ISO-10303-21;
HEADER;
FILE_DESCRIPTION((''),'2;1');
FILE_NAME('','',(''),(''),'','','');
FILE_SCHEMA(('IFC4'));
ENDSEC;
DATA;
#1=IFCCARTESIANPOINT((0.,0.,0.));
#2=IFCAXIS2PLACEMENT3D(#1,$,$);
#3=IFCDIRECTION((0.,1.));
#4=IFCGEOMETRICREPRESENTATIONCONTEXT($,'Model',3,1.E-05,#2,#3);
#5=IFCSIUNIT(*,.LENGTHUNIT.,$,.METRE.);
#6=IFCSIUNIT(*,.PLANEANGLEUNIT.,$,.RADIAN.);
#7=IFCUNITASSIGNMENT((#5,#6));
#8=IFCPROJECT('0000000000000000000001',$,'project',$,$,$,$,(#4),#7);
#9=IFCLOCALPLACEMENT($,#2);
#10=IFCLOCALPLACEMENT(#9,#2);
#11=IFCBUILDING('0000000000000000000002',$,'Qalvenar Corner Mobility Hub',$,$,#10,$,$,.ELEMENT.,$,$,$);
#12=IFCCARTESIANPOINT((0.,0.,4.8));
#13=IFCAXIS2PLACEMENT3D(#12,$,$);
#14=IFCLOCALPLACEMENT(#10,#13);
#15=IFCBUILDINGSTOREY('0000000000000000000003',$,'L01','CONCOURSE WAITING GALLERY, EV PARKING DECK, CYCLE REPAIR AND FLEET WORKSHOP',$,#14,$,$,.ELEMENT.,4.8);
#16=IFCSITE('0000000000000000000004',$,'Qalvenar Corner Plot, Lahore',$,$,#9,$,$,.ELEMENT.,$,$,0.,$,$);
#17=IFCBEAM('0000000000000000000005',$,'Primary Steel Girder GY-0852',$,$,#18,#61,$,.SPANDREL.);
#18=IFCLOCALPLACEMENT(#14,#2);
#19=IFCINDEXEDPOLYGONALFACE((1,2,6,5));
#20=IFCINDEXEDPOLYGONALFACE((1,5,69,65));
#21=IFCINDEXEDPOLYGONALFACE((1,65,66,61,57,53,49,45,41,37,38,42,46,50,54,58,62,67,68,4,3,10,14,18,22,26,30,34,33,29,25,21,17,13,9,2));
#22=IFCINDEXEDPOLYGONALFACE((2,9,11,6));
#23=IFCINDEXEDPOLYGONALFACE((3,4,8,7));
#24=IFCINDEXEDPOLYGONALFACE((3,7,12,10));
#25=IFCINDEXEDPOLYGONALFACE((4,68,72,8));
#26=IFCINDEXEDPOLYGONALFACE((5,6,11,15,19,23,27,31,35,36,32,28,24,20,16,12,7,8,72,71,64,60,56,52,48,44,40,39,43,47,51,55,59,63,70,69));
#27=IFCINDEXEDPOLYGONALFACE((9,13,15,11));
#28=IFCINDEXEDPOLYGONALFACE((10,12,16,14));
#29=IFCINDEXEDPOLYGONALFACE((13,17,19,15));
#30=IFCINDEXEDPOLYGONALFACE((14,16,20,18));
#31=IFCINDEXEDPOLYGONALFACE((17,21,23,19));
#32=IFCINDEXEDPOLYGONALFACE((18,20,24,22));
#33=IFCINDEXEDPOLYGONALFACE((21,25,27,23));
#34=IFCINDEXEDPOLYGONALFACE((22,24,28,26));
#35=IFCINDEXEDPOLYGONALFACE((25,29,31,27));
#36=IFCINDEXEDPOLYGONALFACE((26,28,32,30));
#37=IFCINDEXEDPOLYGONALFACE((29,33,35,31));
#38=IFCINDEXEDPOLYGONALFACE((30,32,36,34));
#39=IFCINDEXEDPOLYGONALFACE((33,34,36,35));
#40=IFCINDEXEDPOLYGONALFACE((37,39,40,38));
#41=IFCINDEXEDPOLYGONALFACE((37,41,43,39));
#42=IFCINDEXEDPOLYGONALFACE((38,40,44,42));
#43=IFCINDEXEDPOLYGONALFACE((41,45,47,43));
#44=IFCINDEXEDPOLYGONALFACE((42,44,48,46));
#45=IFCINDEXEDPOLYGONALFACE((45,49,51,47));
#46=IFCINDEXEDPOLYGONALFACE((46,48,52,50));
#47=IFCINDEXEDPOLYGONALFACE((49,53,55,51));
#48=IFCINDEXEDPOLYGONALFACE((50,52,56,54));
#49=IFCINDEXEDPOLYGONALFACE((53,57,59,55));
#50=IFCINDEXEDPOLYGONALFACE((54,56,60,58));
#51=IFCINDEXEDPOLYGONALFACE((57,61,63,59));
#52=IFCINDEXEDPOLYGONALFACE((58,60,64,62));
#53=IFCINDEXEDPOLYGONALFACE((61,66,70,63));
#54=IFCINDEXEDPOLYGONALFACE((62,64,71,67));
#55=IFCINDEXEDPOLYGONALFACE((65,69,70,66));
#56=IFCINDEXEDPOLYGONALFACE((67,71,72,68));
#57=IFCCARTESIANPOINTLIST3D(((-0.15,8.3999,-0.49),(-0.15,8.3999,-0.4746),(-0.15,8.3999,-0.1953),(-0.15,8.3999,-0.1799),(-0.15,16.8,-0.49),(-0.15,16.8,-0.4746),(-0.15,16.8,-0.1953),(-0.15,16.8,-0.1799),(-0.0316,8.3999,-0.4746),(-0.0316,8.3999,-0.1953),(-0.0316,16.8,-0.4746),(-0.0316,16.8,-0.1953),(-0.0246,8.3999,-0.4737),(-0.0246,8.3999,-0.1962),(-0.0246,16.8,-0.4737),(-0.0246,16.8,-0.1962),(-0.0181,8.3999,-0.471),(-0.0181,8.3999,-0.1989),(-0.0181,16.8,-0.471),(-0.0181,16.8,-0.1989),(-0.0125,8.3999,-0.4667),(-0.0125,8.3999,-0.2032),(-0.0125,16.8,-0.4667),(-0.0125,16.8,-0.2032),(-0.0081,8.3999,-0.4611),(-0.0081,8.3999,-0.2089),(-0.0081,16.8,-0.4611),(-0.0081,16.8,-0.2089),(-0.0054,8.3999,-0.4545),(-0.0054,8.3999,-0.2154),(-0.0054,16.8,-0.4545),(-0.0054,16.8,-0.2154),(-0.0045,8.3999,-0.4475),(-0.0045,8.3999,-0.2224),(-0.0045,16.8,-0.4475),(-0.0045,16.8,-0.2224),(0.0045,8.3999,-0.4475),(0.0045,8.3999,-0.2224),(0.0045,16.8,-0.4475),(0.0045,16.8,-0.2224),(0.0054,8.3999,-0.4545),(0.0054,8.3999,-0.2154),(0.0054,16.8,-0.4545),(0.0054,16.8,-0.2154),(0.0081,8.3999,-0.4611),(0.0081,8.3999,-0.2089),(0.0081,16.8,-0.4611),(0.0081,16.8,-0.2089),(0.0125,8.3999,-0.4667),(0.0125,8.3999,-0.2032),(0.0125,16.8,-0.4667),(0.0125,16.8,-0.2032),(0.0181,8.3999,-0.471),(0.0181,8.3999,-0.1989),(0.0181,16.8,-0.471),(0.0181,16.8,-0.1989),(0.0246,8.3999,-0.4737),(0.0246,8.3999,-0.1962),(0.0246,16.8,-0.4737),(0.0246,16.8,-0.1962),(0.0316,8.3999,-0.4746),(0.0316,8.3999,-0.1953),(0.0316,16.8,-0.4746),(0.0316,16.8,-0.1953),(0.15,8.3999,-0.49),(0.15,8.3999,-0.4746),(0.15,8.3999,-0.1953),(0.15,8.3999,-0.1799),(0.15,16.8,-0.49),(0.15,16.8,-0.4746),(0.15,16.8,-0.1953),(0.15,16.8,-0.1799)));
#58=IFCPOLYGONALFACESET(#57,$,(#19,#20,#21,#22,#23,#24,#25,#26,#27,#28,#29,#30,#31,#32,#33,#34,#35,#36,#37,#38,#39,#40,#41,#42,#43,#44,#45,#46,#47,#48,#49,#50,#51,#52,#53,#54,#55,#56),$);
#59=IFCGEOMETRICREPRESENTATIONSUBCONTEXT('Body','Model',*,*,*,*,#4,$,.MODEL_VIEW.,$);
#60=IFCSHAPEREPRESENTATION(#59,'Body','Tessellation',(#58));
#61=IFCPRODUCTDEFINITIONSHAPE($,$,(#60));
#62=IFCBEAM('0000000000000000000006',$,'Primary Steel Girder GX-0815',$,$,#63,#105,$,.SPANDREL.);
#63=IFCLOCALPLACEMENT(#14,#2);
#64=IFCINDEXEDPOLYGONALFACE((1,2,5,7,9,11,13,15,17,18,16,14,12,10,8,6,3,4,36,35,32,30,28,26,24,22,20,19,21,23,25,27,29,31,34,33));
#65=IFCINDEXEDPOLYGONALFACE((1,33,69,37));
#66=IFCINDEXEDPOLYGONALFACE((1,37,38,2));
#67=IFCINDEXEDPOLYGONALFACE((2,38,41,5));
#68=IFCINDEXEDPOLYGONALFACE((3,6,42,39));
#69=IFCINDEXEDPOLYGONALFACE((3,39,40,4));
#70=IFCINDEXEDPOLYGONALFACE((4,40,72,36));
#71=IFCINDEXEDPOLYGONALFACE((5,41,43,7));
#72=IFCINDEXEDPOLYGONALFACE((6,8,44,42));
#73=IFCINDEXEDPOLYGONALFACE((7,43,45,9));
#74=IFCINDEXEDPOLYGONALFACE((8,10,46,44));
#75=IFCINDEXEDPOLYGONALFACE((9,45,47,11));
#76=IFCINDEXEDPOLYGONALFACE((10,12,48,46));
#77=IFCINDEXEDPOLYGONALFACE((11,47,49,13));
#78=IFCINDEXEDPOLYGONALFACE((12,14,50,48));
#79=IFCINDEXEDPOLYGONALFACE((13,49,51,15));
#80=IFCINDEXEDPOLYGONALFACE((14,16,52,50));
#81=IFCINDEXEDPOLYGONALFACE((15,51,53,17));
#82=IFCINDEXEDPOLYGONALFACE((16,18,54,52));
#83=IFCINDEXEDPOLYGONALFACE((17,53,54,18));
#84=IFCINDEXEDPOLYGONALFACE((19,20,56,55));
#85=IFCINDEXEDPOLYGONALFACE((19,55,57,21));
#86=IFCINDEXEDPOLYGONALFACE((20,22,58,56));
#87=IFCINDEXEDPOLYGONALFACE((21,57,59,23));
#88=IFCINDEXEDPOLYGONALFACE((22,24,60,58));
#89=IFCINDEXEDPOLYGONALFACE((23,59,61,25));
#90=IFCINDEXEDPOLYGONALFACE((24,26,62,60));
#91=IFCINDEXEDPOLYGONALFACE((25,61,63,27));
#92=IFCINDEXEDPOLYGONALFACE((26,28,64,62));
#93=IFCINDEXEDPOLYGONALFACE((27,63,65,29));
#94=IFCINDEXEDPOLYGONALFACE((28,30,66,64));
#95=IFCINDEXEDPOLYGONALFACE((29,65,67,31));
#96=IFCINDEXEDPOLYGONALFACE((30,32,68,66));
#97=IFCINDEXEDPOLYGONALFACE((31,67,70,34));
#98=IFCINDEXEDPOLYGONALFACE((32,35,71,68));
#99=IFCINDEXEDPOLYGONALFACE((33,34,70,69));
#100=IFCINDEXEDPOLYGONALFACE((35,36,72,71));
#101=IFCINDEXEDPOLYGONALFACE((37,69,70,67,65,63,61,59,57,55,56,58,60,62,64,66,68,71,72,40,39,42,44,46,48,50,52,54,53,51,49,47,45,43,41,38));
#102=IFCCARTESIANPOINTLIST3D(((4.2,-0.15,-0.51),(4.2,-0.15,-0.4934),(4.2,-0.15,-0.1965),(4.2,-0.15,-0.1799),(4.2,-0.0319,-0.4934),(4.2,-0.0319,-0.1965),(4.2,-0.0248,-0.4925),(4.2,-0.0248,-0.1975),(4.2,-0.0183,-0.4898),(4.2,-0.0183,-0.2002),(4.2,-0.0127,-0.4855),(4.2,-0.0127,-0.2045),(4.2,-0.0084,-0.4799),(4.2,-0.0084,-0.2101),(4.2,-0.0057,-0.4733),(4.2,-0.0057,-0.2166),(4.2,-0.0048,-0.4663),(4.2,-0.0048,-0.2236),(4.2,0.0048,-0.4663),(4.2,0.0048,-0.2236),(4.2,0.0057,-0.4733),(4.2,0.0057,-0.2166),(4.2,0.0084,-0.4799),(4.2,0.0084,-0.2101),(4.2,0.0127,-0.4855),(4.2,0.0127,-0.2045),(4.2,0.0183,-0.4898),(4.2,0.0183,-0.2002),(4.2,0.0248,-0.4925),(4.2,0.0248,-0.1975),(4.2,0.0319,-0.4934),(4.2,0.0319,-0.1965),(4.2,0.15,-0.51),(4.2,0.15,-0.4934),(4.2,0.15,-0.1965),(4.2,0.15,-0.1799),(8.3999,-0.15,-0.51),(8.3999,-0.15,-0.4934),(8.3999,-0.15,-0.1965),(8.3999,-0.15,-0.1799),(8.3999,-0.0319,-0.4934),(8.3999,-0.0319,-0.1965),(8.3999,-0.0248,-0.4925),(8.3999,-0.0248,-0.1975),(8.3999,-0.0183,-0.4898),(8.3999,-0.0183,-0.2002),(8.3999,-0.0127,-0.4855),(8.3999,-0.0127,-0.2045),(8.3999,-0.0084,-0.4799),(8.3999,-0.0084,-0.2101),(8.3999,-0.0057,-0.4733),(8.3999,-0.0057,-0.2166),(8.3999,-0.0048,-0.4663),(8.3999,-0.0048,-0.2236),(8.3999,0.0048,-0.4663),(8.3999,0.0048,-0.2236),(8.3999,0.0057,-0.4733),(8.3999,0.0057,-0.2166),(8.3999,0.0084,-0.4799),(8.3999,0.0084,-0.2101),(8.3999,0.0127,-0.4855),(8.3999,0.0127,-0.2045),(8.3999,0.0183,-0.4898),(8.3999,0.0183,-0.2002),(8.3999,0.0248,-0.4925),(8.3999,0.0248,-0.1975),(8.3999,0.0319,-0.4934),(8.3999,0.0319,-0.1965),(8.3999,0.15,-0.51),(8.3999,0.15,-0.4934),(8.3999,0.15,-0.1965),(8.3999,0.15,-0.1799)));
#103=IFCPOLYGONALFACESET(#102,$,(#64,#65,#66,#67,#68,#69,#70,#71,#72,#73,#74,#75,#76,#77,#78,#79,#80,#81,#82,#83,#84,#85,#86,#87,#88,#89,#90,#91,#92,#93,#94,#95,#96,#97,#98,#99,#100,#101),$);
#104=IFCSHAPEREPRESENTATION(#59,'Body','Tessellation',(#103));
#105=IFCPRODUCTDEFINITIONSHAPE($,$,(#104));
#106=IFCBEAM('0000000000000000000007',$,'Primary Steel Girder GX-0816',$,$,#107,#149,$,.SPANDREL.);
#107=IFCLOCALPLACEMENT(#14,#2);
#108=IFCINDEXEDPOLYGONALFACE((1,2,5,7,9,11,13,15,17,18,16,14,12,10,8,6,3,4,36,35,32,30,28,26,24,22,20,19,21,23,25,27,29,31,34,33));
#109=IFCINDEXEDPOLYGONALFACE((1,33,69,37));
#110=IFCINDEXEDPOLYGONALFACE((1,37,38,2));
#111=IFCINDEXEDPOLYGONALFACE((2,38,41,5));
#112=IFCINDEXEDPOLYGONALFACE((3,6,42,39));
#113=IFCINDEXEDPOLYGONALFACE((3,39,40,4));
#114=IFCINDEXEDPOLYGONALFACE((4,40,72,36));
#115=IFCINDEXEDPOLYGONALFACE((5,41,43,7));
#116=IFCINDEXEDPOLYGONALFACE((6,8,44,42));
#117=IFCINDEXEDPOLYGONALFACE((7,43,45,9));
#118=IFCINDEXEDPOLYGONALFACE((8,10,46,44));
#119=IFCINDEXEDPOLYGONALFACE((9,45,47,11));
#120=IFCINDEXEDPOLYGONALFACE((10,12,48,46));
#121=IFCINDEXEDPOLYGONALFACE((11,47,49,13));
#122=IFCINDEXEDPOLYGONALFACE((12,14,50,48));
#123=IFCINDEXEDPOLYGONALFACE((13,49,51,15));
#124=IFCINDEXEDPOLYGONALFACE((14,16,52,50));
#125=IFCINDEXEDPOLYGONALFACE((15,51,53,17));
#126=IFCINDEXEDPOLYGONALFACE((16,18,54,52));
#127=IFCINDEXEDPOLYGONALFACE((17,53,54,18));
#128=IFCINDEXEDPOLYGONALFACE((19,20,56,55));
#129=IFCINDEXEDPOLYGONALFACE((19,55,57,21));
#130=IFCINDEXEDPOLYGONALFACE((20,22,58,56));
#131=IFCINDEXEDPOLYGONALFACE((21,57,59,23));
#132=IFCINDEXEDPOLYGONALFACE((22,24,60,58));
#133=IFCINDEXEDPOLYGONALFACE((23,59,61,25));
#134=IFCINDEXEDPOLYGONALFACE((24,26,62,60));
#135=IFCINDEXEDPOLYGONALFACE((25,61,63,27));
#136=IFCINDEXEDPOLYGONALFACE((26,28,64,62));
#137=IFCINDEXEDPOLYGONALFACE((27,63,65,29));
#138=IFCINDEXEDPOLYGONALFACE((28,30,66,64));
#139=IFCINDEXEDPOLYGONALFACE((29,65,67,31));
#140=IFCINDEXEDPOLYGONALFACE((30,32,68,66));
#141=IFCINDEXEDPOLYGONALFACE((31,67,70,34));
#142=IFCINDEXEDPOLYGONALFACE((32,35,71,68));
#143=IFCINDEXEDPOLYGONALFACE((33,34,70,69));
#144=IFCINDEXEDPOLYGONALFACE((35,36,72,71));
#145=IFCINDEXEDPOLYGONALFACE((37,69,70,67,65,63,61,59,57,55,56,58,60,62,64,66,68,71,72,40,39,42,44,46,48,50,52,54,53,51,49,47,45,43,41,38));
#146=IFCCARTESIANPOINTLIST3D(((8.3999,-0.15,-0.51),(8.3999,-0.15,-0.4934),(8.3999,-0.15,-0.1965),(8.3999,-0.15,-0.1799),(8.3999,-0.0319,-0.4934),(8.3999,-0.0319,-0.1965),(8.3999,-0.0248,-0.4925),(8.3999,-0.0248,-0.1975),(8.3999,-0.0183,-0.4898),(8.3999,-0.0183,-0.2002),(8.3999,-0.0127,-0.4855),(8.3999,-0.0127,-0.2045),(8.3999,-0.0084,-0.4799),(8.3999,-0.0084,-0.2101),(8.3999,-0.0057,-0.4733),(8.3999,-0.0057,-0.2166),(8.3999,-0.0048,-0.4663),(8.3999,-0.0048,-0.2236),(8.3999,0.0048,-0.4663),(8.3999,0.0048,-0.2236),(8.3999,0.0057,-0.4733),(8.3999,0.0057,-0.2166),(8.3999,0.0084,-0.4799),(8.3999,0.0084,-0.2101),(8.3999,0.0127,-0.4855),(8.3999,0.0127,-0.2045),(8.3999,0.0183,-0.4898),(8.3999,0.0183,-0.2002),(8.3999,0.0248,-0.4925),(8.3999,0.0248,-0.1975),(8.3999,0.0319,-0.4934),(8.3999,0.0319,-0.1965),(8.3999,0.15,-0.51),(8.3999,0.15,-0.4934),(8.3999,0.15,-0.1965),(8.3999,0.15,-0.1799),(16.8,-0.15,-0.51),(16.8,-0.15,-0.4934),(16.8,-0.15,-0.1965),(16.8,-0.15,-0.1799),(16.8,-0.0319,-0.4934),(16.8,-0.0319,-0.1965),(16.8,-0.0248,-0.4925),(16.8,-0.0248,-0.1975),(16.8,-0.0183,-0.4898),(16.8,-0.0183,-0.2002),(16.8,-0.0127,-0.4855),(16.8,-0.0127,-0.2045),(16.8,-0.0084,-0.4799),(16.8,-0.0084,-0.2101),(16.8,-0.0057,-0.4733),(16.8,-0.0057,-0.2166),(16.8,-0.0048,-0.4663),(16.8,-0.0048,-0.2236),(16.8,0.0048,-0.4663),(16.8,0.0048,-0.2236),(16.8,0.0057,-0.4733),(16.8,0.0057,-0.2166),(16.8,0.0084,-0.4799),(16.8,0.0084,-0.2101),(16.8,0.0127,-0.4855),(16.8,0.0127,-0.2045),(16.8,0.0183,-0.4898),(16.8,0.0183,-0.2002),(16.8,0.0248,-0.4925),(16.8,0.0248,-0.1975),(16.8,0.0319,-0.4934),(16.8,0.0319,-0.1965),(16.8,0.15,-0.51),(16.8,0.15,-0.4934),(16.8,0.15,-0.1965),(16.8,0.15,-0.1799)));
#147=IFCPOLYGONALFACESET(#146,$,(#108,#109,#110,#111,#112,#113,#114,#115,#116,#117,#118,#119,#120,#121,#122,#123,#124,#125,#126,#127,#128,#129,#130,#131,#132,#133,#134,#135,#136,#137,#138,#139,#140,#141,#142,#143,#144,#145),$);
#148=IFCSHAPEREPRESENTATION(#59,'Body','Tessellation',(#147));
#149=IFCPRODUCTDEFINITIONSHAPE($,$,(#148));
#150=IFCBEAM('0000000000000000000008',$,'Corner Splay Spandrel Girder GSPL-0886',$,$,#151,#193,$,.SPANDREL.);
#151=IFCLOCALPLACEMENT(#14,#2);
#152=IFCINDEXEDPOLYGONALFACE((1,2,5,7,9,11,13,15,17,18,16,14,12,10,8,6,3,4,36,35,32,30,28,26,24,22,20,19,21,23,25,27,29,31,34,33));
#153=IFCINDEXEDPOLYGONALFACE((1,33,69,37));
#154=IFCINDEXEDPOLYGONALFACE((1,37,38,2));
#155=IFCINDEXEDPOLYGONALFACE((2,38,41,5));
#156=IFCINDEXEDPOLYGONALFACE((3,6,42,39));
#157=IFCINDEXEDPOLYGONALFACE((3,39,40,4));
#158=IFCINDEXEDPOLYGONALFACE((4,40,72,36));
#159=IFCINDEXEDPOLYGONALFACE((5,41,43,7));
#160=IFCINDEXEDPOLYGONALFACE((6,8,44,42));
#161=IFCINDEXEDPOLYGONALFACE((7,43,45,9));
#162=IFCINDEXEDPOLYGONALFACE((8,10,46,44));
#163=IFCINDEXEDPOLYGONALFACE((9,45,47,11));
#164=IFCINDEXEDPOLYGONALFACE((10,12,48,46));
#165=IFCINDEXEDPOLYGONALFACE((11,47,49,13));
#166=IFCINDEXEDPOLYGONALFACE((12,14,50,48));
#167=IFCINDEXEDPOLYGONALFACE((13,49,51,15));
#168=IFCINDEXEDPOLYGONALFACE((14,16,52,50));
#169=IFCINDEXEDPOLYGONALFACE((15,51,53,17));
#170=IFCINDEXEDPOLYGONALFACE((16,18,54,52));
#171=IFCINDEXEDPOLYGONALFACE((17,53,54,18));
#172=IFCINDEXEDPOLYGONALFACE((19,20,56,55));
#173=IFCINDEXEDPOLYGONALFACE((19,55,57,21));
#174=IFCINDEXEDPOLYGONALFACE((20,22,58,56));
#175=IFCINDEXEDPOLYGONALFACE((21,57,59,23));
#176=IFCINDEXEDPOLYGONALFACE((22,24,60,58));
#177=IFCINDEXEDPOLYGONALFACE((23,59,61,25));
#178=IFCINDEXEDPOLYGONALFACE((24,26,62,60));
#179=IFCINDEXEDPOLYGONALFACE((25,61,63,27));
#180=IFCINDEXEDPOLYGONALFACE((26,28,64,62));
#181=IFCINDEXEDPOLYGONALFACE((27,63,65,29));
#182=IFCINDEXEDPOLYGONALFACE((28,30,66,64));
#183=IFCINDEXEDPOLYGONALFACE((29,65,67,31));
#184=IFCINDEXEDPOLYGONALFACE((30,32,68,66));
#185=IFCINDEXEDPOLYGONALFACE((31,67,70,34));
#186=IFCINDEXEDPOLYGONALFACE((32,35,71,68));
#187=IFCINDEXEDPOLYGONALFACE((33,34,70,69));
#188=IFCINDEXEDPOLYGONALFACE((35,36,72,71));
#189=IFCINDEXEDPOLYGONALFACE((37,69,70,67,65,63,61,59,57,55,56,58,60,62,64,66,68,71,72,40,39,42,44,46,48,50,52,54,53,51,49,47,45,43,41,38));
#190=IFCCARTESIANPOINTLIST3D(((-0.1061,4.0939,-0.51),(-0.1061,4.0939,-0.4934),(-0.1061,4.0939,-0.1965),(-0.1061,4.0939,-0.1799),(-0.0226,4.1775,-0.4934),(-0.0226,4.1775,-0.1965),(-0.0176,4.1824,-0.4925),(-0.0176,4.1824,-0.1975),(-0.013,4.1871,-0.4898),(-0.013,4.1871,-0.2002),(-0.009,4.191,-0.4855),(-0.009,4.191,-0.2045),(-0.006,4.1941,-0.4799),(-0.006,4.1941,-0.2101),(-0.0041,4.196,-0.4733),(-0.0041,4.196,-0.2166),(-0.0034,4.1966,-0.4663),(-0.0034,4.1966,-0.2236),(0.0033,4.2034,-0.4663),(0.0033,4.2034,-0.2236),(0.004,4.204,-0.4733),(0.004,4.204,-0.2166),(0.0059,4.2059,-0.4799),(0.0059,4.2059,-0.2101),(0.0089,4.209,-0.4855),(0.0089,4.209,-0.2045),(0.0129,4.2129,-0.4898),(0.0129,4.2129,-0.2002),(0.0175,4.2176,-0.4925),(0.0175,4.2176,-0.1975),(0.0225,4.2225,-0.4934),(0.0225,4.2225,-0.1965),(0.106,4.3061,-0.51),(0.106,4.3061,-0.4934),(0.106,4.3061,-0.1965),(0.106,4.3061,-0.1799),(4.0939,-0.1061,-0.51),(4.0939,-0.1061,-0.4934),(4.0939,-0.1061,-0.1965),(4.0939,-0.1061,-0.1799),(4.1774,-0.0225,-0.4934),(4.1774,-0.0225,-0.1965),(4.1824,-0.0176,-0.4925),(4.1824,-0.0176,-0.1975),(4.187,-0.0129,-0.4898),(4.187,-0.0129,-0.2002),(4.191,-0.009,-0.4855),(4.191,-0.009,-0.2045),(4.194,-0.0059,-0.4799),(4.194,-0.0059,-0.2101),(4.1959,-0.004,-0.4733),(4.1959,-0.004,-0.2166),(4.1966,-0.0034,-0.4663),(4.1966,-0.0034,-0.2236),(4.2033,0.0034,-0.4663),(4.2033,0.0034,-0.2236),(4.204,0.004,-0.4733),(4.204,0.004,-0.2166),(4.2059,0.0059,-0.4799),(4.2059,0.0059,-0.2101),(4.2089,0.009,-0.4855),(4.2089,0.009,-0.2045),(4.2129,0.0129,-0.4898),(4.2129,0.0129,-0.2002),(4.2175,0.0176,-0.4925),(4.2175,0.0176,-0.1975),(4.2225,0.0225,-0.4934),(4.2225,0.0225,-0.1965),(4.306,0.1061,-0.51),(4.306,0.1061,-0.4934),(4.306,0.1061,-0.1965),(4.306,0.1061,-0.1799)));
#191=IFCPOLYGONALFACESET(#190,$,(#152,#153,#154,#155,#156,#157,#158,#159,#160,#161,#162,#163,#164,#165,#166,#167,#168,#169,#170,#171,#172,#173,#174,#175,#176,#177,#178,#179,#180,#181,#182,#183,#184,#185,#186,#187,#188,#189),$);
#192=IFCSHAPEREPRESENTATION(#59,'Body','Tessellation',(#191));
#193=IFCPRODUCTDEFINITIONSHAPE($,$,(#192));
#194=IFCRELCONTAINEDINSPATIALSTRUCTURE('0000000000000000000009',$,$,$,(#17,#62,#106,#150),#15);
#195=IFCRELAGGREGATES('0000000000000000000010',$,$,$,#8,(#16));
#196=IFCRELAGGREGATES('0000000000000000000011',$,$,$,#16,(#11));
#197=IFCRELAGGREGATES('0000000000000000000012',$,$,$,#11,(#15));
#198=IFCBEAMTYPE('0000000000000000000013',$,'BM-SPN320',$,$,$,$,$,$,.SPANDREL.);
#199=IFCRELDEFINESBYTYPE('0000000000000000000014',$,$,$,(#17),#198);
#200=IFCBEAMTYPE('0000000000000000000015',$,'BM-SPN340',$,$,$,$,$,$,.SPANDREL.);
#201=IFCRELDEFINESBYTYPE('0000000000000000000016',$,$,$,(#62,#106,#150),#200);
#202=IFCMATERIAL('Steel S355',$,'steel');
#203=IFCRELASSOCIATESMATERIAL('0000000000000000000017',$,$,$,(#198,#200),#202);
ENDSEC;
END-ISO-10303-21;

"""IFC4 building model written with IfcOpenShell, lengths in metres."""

from ifc_helpers import new_model, si_unit, direction, frame, origin, origin_2d, place, context, subcontext, project, spatial, i_section, extrude, material, material_profile, profile_set, type_object, element, save


model = new_model("IFC4")

# Units and contexts
model_context = context("Model", 3, precision=1e-05, world=origin(), true_north=direction((0.0, 1.0)))
body_context = subcontext(model_context, "Body", "Model", "MODEL_VIEW")
ifc_project = project(units=[si_unit("LENGTHUNIT", "METRE"), si_unit("PLANEANGLEUNIT", "RADIAN")], contexts=[model_context])

# Site, building, storey
site_placement = place(None, origin())
site = spatial("IfcSite", under=ifc_project, at=site_placement, Name="Qalvenar Corner Plot, Lahore", CompositionType="ELEMENT", RefElevation=0.0)
building_placement = place(site_placement, origin())
building = spatial("IfcBuilding", under=site, at=building_placement, Name="Qalvenar Corner Mobility Hub", CompositionType="ELEMENT")
storey_placement = place(building_placement, frame((0.0, 0.0, 4.8)))
storey = spatial("IfcBuildingStorey", under=building, at=storey_placement, Name="L01", Description="CONCOURSE WAITING GALLERY, EV PARKING DECK, CYCLE REPAIR AND FLEET WORKSHOP", CompositionType="ELEMENT", Elevation=4.8)

# Shared definitions
ifc_material_1 = material(Name="Steel S355", Category="steel")

# Beams
ifc_material_profile_1 = material_profile(ifc_material_1, i_section(OverallWidth=0.3, OverallDepth=0.3101, WebThickness=0.009, FlangeThickness=0.0154, FilletRadius=0.0271, at=origin_2d()), Name="HEA320")
ifc_profile_set_1 = profile_set([ifc_material_profile_1], Name="Steel S355")
beam_type_1 = type_object("IfcBeamType", Name="BM-SPN320", PredefinedType="SPANDREL", material=ifc_profile_set_1)
beam_1_placement = place(storey_placement, frame((0.0, 8.3999, -0.335), z_axis=(0.0, 1.0, 0.0), x_axis=(-1.0, 0.0, 0.0)))
element("IfcBeam", 1, at=beam_1_placement, inside=storey, type_object=beam_type_1, Name="Primary Steel Girder GY-0852", PredefinedType="SPANDREL", context=body_context, shape_type="SweptSolid", body=[
    extrude(i_section(OverallWidth=0.3, OverallDepth=0.3101, WebThickness=0.009, FlangeThickness=0.0154, FilletRadius=0.0271, at=origin_2d()), origin(), (0.0, 0.0, 1.0), 8.4001),
])
ifc_material_profile_2 = material_profile(ifc_material_1, i_section(OverallWidth=0.3, OverallDepth=0.3301, WebThickness=0.0095, FlangeThickness=0.0166, FilletRadius=0.0271, at=origin_2d()), Name="HEA340")
ifc_profile_set_2 = profile_set([ifc_material_profile_2], Name="Steel S355")
beam_type_2 = type_object("IfcBeamType", Name="BM-SPN340", PredefinedType="SPANDREL", material=ifc_profile_set_2)
beam_2_placement = place(storey_placement, frame((4.2, 0.0, -0.345), z_axis=(1.0, 0.0, 0.0), x_axis=(0.0, 1.0, 0.0)))
element("IfcBeam", 2, at=beam_2_placement, inside=storey, type_object=beam_type_2, Name="Primary Steel Girder GX-0815", PredefinedType="SPANDREL", context=body_context, shape_type="SweptSolid", body=[
    extrude(i_section(OverallWidth=0.3, OverallDepth=0.3301, WebThickness=0.0095, FlangeThickness=0.0166, FilletRadius=0.0271, at=origin_2d()), origin(), (0.0, 0.0, 1.0), 4.2),
])
beam_3_placement = place(storey_placement, frame((8.3999, 0.0, -0.345), z_axis=(1.0, 0.0, 0.0), x_axis=(0.0, 1.0, 0.0)))
element("IfcBeam", 3, at=beam_3_placement, inside=storey, type_object=beam_type_2, Name="Primary Steel Girder GX-0816", PredefinedType="SPANDREL", context=body_context, shape_type="SweptSolid", body=[
    extrude(i_section(OverallWidth=0.3, OverallDepth=0.3301, WebThickness=0.0095, FlangeThickness=0.0166, FilletRadius=0.0271, at=origin_2d()), origin(), (0.0, 0.0, 1.0), 8.4001),
])
beam_4_placement = place(storey_placement, frame((4.2, 0.0, -0.345), z_axis=(-0.707107, 0.707107, 0.0), x_axis=(-0.707107, -0.707107, 0.0)))
element("IfcBeam", 4, at=beam_4_placement, inside=storey, type_object=beam_type_2, Name="Corner Splay Spandrel Girder GSPL-0886", PredefinedType="SPANDREL", context=body_context, shape_type="SweptSolid", body=[
    extrude(i_section(OverallWidth=0.3, OverallDepth=0.3301, WebThickness=0.0095, FlangeThickness=0.0166, FilletRadius=0.0271, at=origin_2d()), origin(), (0.0, 0.0, 1.0), 5.9397),
])

save(model, "model.ifc")
